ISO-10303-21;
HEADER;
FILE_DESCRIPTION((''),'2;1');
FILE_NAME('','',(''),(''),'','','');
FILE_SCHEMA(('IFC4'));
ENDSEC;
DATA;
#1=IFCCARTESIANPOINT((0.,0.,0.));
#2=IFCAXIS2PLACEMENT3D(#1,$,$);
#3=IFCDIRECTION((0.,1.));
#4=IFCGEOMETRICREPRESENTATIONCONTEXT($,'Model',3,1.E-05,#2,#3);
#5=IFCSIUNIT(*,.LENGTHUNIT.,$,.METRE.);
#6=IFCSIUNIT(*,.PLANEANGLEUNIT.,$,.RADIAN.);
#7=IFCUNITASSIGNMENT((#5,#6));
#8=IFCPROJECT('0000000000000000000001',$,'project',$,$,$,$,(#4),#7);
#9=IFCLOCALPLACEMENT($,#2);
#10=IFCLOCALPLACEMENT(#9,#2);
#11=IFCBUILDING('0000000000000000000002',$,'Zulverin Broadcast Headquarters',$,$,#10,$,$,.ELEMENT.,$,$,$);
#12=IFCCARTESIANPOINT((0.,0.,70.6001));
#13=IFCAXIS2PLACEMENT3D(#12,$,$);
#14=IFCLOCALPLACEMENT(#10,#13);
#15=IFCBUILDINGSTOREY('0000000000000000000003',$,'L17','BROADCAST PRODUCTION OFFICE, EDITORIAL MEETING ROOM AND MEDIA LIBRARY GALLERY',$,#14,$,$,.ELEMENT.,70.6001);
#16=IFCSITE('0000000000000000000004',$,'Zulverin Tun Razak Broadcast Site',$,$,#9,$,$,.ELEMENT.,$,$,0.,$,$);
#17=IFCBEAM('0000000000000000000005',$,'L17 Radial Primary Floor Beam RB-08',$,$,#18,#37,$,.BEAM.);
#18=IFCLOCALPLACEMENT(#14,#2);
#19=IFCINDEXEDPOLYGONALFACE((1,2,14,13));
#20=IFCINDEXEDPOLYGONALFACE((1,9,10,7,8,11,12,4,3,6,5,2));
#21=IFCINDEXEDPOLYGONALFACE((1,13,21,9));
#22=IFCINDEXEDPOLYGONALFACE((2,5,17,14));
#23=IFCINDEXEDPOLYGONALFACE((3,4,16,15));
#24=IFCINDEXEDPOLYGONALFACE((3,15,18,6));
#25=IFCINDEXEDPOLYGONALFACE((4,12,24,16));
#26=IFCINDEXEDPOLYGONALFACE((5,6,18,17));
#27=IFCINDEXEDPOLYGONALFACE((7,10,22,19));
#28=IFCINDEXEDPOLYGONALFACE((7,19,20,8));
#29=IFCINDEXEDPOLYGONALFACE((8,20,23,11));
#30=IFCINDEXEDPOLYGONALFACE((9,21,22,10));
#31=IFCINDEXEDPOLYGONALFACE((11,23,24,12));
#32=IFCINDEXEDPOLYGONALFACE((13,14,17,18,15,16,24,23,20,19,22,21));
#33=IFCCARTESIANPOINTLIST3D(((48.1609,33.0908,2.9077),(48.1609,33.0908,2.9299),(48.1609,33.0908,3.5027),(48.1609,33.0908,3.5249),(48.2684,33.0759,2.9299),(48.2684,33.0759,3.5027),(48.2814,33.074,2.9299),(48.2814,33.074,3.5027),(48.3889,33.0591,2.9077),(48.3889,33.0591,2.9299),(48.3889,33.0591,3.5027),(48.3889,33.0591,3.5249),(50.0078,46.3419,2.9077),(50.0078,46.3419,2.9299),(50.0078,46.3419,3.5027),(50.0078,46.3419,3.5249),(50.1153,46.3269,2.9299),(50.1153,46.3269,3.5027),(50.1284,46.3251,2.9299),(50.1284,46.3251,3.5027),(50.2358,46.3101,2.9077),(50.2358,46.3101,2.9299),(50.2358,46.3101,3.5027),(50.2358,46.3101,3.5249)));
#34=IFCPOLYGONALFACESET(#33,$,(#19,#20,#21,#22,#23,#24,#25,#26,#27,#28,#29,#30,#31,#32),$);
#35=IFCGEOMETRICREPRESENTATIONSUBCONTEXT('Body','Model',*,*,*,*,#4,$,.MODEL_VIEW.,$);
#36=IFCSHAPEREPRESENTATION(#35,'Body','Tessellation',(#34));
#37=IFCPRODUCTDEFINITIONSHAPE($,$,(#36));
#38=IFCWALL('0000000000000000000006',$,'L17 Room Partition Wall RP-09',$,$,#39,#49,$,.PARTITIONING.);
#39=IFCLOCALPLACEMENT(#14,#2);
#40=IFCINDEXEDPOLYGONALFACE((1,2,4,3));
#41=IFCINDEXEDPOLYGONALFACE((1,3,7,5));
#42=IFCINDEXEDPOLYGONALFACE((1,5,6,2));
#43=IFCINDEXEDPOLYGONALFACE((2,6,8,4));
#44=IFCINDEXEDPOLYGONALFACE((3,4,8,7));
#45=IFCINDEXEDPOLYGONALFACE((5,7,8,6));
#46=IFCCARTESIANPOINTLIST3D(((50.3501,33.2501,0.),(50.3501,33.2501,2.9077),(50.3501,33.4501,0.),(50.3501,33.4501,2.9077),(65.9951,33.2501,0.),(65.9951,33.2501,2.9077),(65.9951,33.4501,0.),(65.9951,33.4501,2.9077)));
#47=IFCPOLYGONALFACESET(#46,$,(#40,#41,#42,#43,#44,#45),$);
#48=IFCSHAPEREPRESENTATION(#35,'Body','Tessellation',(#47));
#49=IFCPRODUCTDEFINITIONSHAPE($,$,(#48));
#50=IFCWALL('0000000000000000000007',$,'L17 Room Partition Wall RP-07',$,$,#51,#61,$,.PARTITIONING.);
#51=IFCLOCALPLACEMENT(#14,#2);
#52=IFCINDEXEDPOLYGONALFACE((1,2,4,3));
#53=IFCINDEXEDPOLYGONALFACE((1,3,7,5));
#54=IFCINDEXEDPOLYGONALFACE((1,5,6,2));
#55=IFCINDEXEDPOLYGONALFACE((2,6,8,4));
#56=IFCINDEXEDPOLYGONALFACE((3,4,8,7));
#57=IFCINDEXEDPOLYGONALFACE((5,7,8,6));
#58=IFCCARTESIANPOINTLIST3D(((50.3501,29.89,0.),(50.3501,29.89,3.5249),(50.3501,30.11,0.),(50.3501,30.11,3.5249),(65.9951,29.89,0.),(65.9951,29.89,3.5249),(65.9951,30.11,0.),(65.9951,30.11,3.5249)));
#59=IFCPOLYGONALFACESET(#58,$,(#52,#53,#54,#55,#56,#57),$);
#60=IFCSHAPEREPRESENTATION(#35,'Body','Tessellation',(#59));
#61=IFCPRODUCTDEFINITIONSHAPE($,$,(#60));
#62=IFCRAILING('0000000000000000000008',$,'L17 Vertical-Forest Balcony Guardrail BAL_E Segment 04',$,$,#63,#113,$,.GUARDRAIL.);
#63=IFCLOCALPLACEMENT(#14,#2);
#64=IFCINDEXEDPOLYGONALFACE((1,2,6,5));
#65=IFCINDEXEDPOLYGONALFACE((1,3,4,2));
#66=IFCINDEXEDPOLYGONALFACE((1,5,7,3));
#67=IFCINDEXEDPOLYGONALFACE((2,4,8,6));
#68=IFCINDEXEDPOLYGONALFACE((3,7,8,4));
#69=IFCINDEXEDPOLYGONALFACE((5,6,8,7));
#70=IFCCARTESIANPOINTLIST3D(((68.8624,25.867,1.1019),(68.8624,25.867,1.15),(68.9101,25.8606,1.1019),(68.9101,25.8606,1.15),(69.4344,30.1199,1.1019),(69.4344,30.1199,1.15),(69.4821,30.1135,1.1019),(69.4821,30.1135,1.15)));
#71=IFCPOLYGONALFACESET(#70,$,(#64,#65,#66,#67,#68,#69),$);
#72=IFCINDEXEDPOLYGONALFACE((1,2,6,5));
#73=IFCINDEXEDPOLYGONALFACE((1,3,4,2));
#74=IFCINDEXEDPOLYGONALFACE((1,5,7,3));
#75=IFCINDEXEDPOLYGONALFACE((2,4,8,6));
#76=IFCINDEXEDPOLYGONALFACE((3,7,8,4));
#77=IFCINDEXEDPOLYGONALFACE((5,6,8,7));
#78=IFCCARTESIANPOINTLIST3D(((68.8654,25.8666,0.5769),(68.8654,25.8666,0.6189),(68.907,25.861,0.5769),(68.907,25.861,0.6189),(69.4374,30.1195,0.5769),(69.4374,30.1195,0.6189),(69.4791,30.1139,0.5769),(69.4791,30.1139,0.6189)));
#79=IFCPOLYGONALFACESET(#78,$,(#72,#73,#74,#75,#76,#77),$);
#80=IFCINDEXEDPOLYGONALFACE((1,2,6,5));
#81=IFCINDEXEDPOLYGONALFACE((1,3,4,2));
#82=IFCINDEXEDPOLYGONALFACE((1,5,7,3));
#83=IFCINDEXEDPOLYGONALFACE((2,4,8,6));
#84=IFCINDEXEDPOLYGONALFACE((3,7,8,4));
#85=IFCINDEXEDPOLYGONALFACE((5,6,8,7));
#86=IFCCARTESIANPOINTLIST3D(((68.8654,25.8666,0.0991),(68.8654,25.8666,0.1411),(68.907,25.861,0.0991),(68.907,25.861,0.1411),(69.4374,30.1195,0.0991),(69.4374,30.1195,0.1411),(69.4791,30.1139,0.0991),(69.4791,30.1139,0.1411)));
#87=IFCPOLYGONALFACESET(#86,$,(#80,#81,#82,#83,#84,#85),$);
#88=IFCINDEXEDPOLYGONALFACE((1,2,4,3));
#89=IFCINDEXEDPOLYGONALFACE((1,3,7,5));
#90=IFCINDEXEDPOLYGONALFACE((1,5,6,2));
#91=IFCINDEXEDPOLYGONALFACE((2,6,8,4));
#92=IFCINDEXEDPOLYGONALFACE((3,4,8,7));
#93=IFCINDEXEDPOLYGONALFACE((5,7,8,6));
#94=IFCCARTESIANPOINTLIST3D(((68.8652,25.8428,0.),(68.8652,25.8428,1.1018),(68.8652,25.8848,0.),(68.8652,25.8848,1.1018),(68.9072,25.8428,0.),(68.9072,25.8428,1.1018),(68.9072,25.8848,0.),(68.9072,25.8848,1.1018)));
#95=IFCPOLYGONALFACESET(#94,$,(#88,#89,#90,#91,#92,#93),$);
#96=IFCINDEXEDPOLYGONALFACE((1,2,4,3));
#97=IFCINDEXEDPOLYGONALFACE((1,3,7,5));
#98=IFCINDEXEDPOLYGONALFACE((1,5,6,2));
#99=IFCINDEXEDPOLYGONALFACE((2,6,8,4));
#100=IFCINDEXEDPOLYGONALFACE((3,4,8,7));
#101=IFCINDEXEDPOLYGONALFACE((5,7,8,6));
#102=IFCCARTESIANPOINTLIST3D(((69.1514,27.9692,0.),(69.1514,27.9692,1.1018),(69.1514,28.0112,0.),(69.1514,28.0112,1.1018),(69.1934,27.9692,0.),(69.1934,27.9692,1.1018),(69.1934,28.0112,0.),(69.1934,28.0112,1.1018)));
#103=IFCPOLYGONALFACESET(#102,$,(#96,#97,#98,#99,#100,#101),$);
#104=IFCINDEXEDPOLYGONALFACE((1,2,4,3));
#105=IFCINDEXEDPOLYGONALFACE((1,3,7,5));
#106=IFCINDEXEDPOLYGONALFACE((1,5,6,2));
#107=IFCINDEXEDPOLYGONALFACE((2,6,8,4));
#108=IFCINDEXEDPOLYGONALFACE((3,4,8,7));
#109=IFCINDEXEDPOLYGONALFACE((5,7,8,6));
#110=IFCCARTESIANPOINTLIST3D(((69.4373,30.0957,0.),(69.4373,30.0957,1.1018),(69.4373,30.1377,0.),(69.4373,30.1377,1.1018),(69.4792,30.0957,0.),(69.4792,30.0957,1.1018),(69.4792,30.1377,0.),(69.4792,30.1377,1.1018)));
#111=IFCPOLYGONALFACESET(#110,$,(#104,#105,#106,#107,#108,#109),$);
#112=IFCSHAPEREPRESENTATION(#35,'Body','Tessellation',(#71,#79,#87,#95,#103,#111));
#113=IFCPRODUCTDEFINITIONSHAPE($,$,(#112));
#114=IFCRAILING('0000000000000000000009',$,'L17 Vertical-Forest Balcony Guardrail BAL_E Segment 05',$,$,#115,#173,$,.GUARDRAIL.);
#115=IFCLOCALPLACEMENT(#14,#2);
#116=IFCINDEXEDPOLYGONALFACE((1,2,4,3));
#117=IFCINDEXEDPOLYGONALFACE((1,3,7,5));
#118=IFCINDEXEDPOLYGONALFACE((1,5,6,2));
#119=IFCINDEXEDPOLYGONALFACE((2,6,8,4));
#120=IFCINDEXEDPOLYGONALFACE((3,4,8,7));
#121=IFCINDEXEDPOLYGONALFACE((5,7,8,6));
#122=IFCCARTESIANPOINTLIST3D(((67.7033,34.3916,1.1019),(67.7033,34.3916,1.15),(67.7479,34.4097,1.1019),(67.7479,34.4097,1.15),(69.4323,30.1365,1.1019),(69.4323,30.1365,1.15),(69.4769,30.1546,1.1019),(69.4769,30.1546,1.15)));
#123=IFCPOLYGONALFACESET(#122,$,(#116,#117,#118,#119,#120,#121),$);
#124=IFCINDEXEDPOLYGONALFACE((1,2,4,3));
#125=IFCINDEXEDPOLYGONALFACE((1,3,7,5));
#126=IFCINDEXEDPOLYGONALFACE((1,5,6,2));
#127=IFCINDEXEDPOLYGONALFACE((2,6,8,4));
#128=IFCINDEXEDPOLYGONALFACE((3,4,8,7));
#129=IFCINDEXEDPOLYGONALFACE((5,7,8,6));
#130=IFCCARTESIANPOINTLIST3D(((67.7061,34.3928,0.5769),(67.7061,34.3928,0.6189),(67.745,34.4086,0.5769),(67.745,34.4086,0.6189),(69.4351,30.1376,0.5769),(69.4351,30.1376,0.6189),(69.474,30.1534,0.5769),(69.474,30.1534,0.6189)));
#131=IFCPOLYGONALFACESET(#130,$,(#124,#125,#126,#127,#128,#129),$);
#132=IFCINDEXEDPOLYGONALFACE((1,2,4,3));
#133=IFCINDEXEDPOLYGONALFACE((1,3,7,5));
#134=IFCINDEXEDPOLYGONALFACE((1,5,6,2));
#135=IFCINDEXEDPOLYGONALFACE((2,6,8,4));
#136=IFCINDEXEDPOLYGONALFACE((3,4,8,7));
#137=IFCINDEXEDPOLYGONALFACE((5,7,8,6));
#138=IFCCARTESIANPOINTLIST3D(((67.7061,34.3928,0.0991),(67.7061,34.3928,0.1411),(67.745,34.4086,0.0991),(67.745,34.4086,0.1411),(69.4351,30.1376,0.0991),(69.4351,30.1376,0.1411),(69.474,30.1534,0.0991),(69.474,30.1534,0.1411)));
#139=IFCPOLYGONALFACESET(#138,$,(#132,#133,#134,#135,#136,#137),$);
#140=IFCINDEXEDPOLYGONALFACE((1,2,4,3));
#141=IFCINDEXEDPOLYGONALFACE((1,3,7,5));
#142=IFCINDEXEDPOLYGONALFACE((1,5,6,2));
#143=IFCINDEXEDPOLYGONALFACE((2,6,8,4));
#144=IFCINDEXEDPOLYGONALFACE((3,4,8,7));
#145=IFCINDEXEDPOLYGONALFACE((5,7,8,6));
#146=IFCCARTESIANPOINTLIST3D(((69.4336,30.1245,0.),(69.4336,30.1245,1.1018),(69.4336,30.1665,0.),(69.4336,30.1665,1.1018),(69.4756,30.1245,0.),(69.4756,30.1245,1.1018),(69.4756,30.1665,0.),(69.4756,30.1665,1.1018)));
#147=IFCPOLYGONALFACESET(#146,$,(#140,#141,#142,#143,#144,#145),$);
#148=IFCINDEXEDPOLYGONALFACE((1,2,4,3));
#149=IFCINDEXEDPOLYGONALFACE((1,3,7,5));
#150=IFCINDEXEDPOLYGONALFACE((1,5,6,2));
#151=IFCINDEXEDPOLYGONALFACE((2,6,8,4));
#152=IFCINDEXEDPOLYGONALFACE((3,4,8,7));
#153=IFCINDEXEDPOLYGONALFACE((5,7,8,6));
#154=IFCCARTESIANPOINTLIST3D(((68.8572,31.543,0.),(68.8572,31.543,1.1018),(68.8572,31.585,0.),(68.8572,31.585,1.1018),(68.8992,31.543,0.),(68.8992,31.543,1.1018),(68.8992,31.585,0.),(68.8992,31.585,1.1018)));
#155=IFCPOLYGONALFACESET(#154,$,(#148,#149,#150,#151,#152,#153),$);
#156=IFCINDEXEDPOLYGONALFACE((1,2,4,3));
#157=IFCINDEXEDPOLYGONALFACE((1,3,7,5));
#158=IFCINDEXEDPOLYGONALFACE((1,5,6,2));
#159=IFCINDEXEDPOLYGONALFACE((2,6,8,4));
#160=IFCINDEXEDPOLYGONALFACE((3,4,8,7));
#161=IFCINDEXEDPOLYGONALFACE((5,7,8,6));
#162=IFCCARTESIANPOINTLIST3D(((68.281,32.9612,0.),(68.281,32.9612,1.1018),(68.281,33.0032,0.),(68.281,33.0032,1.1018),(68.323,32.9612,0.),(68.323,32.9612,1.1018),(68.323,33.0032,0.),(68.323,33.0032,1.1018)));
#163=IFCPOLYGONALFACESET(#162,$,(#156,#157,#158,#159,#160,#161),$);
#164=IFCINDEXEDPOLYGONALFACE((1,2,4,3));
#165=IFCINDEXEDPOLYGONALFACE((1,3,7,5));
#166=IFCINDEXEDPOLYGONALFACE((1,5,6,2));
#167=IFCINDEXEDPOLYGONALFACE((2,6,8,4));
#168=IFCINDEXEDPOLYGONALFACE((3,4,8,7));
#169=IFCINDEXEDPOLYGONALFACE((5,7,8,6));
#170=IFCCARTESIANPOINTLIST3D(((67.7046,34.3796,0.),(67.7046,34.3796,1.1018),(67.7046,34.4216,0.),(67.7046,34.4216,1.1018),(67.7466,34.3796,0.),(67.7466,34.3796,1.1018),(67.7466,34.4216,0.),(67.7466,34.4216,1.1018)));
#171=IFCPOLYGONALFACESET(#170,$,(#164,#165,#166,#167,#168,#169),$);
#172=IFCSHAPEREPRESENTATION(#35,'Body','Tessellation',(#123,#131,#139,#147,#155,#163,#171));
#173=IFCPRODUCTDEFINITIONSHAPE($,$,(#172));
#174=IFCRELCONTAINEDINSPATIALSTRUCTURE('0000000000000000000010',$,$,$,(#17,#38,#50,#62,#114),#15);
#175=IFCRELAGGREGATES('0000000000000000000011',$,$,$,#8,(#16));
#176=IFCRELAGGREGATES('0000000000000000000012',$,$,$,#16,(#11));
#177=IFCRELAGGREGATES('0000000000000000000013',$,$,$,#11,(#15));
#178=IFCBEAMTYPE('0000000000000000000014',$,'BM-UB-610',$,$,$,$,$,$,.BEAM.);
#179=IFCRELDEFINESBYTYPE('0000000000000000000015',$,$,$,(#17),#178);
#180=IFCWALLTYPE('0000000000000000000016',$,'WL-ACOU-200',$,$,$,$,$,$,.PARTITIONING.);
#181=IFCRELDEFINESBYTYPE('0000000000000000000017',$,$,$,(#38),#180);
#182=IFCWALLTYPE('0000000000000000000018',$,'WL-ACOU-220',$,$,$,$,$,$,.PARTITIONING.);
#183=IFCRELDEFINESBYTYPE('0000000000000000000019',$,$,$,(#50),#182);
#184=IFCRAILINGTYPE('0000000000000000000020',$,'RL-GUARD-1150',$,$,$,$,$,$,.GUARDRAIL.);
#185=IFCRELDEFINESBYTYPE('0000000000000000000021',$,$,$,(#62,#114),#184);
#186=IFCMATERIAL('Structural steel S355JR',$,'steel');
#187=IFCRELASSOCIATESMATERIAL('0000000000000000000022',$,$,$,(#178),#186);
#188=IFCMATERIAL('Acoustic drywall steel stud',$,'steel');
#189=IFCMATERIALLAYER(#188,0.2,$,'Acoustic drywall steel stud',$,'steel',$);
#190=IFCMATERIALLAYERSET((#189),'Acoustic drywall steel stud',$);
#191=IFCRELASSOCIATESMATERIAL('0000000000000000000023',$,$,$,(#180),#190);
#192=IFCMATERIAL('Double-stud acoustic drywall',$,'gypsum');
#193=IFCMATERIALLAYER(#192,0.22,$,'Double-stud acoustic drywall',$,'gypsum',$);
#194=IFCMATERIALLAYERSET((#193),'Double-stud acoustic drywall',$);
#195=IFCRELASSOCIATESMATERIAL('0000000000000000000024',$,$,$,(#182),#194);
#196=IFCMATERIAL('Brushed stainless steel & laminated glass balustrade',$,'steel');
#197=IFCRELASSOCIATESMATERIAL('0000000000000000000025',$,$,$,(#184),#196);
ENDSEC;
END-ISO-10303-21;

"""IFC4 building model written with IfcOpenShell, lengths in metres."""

from ifc_helpers import new_model, si_unit, direction, frame, frame_2d, origin, origin_2d, place, context, subcontext, project, spatial, rectangle, i_section, extrude, material, layer, layer_set, material_profile, profile_set, type_object, element, save


model = new_model("IFC4")

# Units and contexts
model_context = context("Model", 3, precision=1e-05, world=origin(), true_north=direction((0.0, 1.0)))
body_context = subcontext(model_context, "Body", "Model", "MODEL_VIEW")
ifc_project = project(units=[si_unit("LENGTHUNIT", "METRE"), si_unit("PLANEANGLEUNIT", "RADIAN")], contexts=[model_context])

# Site, building, storey
site_placement = place(None, origin())
site = spatial("IfcSite", under=ifc_project, at=site_placement, Name="Zulverin Tun Razak Broadcast Site", CompositionType="ELEMENT", RefElevation=0.0)
building_placement = place(site_placement, origin())
building = spatial("IfcBuilding", under=site, at=building_placement, Name="Zulverin Broadcast Headquarters", CompositionType="ELEMENT")
storey_placement = place(building_placement, frame((0.0, 0.0, 70.6001)))
storey = spatial("IfcBuildingStorey", under=building, at=storey_placement, Name="L17", Description="BROADCAST PRODUCTION OFFICE, EDITORIAL MEETING ROOM AND MEDIA LIBRARY GALLERY", CompositionType="ELEMENT", Elevation=70.6001)

# Beam
ifc_material_1 = material(Name="Structural steel S355JR", Category="steel")
ifc_material_profile_1 = material_profile(ifc_material_1, i_section(OverallWidth=0.2302, OverallDepth=0.6172, WebThickness=0.0132, FlangeThickness=0.0222, at=origin_2d()), Name="Structural steel S355JR", Category="steel")
ifc_profile_set_1 = profile_set([ifc_material_profile_1], Name="Structural steel S355JR")
beam_type_1 = type_object("IfcBeamType", Name="BM-UB-610", PredefinedType="BEAM", material=ifc_profile_set_1)
beam_1_placement = place(storey_placement, frame((48.2749, 33.075, 3.2163), z_axis=(0.138046, 0.990426, 0.0), x_axis=(-0.990426, 0.138046, 0.0)))
element("IfcBeam", 1, at=beam_1_placement, inside=storey, type_object=beam_type_1, Name="L17 Radial Primary Floor Beam RB-08", PredefinedType="BEAM", context=body_context, shape_type="SweptSolid", body=[
    extrude(i_section(OverallWidth=0.2302, OverallDepth=0.6172, WebThickness=0.0132, FlangeThickness=0.0222, at=origin_2d()), origin(), (0.0, 0.0, 1.0), 13.3792),
])

# Walls
ifc_material_2 = material(Name="Acoustic drywall steel stud", Category="steel")
ifc_layer_1 = layer(ifc_material_2, 0.2, Name="Acoustic drywall steel stud", Category="steel")
ifc_layer_set_1 = layer_set([ifc_layer_1], Name="Acoustic drywall steel stud")
wall_type_1 = type_object("IfcWallType", Name="WL-ACOU-200", PredefinedType="PARTITIONING", material=ifc_layer_set_1)
wall_1_placement = place(storey_placement, frame((50.3501, 33.3501, 0.0), z_axis=(0.0, 0.0, 1.0), x_axis=(1.0, 0.0, 0.0)))
element("IfcWall", 2, at=wall_1_placement, inside=storey, type_object=wall_type_1, Name="L17 Room Partition Wall RP-09", PredefinedType="PARTITIONING", context=body_context, shape_type="SweptSolid", body=[
    extrude(rectangle(XDim=15.645, YDim=0.2, at=frame_2d((7.8225, 0.0))), origin(), (0.0, 0.0, 1.0), 2.9077),
])
ifc_material_3 = material(Name="Double-stud acoustic drywall", Category="gypsum")
ifc_layer_2 = layer(ifc_material_3, 0.22, Name="Double-stud acoustic drywall", Category="gypsum")
ifc_layer_set_2 = layer_set([ifc_layer_2], Name="Double-stud acoustic drywall")
wall_type_2 = type_object("IfcWallType", Name="WL-ACOU-220", PredefinedType="PARTITIONING", material=ifc_layer_set_2)
wall_2_placement = place(storey_placement, frame((50.3501, 30.0, 0.0), z_axis=(0.0, 0.0, 1.0), x_axis=(1.0, 0.0, 0.0)))
element("IfcWall", 3, at=wall_2_placement, inside=storey, type_object=wall_type_2, Name="L17 Room Partition Wall RP-07", PredefinedType="PARTITIONING", context=body_context, shape_type="SweptSolid", body=[
    extrude(rectangle(XDim=15.645, YDim=0.22, at=frame_2d((7.8225, 0.0))), origin(), (0.0, 0.0, 1.0), 3.5249),
])

# Railings
ifc_material_4 = material(Name="Brushed stainless steel & laminated glass balustrade", Category="steel")
railing_type = type_object("IfcRailingType", Name="RL-GUARD-1150", PredefinedType="GUARDRAIL", material=ifc_material_4)
railing_1_placement = place(storey_placement, frame((68.8862, 25.8638, 0.0)))
element("IfcRailing", 4, at=railing_1_placement, inside=storey, type_object=railing_type, Name="L17 Vertical-Forest Balcony Guardrail BAL_E Segment 04", PredefinedType="GUARDRAIL", context=body_context, shape_type="SweptSolid", body=[
    extrude(rectangle(XDim=0.0481, YDim=0.0481, at=origin_2d()), frame((0.0, 0.0, 1.126), z_axis=(0.1333, 0.991076, 0.0), x_axis=(-0.991076, 0.1333, 0.0)), (0.0, 0.0, 1.0), 4.2913),
    extrude(rectangle(XDim=0.042, YDim=0.042, at=origin_2d()), frame((0.0, 0.0, 0.5979), z_axis=(0.1333, 0.991076, 0.0), x_axis=(-0.991076, 0.1333, 0.0)), (0.0, 0.0, 1.0), 4.2913),
    extrude(rectangle(XDim=0.042, YDim=0.042, at=origin_2d()), frame((0.0, 0.0, 0.1201), z_axis=(0.1333, 0.991076, 0.0), x_axis=(-0.991076, 0.1333, 0.0)), (0.0, 0.0, 1.0), 4.2913),
    extrude(rectangle(XDim=0.042, YDim=0.042, at=origin_2d()), origin(), (0.0, 0.0, 1.0), 1.1018),
    extrude(rectangle(XDim=0.042, YDim=0.042, at=origin_2d()), frame((0.2861, 2.1265, 0.0)), (0.0, 0.0, 1.0), 1.1018),
    extrude(rectangle(XDim=0.042, YDim=0.042, at=origin_2d()), frame((0.572, 4.2529, 0.0)), (0.0, 0.0, 1.0), 1.1018),
])
railing_2_placement = place(storey_placement, frame((69.4546, 30.1455, 0.0)))
element("IfcRailing", 5, at=railing_2_placement, inside=storey, type_object=railing_type, Name="L17 Vertical-Forest Balcony Guardrail BAL_E Segment 05", PredefinedType="GUARDRAIL", context=body_context, shape_type="SweptSolid", body=[
    extrude(rectangle(XDim=0.0481, YDim=0.0481, at=origin_2d()), frame((0.0, 0.0, 1.126), z_axis=(-0.376444, 0.926439, 0.0), x_axis=(-0.926439, -0.376444, 0.0)), (0.0, 0.0, 1.0), 4.593),
    extrude(rectangle(XDim=0.042, YDim=0.042, at=origin_2d()), frame((0.0, 0.0, 0.5979), z_axis=(-0.376444, 0.926439, 0.0), x_axis=(-0.926439, -0.376444, 0.0)), (0.0, 0.0, 1.0), 4.593),
    extrude(rectangle(XDim=0.042, YDim=0.042, at=origin_2d()), frame((0.0, 0.0, 0.1201), z_axis=(-0.376444, 0.926439, 0.0), x_axis=(-0.926439, -0.376444, 0.0)), (0.0, 0.0, 1.0), 4.593),
    extrude(rectangle(XDim=0.042, YDim=0.042, at=origin_2d()), origin(), (0.0, 0.0, 1.0), 1.1018),
    extrude(rectangle(XDim=0.042, YDim=0.042, at=origin_2d()), frame((-0.5764, 1.4185, 0.0)), (0.0, 0.0, 1.0), 1.1018),
    extrude(rectangle(XDim=0.042, YDim=0.042, at=origin_2d()), frame((-1.1526, 2.8367, 0.0)), (0.0, 0.0, 1.0), 1.1018),
    extrude(rectangle(XDim=0.042, YDim=0.042, at=origin_2d()), frame((-1.729, 4.2551, 0.0)), (0.0, 0.0, 1.0), 1.1018),
])

save(model, "model.ifc")
